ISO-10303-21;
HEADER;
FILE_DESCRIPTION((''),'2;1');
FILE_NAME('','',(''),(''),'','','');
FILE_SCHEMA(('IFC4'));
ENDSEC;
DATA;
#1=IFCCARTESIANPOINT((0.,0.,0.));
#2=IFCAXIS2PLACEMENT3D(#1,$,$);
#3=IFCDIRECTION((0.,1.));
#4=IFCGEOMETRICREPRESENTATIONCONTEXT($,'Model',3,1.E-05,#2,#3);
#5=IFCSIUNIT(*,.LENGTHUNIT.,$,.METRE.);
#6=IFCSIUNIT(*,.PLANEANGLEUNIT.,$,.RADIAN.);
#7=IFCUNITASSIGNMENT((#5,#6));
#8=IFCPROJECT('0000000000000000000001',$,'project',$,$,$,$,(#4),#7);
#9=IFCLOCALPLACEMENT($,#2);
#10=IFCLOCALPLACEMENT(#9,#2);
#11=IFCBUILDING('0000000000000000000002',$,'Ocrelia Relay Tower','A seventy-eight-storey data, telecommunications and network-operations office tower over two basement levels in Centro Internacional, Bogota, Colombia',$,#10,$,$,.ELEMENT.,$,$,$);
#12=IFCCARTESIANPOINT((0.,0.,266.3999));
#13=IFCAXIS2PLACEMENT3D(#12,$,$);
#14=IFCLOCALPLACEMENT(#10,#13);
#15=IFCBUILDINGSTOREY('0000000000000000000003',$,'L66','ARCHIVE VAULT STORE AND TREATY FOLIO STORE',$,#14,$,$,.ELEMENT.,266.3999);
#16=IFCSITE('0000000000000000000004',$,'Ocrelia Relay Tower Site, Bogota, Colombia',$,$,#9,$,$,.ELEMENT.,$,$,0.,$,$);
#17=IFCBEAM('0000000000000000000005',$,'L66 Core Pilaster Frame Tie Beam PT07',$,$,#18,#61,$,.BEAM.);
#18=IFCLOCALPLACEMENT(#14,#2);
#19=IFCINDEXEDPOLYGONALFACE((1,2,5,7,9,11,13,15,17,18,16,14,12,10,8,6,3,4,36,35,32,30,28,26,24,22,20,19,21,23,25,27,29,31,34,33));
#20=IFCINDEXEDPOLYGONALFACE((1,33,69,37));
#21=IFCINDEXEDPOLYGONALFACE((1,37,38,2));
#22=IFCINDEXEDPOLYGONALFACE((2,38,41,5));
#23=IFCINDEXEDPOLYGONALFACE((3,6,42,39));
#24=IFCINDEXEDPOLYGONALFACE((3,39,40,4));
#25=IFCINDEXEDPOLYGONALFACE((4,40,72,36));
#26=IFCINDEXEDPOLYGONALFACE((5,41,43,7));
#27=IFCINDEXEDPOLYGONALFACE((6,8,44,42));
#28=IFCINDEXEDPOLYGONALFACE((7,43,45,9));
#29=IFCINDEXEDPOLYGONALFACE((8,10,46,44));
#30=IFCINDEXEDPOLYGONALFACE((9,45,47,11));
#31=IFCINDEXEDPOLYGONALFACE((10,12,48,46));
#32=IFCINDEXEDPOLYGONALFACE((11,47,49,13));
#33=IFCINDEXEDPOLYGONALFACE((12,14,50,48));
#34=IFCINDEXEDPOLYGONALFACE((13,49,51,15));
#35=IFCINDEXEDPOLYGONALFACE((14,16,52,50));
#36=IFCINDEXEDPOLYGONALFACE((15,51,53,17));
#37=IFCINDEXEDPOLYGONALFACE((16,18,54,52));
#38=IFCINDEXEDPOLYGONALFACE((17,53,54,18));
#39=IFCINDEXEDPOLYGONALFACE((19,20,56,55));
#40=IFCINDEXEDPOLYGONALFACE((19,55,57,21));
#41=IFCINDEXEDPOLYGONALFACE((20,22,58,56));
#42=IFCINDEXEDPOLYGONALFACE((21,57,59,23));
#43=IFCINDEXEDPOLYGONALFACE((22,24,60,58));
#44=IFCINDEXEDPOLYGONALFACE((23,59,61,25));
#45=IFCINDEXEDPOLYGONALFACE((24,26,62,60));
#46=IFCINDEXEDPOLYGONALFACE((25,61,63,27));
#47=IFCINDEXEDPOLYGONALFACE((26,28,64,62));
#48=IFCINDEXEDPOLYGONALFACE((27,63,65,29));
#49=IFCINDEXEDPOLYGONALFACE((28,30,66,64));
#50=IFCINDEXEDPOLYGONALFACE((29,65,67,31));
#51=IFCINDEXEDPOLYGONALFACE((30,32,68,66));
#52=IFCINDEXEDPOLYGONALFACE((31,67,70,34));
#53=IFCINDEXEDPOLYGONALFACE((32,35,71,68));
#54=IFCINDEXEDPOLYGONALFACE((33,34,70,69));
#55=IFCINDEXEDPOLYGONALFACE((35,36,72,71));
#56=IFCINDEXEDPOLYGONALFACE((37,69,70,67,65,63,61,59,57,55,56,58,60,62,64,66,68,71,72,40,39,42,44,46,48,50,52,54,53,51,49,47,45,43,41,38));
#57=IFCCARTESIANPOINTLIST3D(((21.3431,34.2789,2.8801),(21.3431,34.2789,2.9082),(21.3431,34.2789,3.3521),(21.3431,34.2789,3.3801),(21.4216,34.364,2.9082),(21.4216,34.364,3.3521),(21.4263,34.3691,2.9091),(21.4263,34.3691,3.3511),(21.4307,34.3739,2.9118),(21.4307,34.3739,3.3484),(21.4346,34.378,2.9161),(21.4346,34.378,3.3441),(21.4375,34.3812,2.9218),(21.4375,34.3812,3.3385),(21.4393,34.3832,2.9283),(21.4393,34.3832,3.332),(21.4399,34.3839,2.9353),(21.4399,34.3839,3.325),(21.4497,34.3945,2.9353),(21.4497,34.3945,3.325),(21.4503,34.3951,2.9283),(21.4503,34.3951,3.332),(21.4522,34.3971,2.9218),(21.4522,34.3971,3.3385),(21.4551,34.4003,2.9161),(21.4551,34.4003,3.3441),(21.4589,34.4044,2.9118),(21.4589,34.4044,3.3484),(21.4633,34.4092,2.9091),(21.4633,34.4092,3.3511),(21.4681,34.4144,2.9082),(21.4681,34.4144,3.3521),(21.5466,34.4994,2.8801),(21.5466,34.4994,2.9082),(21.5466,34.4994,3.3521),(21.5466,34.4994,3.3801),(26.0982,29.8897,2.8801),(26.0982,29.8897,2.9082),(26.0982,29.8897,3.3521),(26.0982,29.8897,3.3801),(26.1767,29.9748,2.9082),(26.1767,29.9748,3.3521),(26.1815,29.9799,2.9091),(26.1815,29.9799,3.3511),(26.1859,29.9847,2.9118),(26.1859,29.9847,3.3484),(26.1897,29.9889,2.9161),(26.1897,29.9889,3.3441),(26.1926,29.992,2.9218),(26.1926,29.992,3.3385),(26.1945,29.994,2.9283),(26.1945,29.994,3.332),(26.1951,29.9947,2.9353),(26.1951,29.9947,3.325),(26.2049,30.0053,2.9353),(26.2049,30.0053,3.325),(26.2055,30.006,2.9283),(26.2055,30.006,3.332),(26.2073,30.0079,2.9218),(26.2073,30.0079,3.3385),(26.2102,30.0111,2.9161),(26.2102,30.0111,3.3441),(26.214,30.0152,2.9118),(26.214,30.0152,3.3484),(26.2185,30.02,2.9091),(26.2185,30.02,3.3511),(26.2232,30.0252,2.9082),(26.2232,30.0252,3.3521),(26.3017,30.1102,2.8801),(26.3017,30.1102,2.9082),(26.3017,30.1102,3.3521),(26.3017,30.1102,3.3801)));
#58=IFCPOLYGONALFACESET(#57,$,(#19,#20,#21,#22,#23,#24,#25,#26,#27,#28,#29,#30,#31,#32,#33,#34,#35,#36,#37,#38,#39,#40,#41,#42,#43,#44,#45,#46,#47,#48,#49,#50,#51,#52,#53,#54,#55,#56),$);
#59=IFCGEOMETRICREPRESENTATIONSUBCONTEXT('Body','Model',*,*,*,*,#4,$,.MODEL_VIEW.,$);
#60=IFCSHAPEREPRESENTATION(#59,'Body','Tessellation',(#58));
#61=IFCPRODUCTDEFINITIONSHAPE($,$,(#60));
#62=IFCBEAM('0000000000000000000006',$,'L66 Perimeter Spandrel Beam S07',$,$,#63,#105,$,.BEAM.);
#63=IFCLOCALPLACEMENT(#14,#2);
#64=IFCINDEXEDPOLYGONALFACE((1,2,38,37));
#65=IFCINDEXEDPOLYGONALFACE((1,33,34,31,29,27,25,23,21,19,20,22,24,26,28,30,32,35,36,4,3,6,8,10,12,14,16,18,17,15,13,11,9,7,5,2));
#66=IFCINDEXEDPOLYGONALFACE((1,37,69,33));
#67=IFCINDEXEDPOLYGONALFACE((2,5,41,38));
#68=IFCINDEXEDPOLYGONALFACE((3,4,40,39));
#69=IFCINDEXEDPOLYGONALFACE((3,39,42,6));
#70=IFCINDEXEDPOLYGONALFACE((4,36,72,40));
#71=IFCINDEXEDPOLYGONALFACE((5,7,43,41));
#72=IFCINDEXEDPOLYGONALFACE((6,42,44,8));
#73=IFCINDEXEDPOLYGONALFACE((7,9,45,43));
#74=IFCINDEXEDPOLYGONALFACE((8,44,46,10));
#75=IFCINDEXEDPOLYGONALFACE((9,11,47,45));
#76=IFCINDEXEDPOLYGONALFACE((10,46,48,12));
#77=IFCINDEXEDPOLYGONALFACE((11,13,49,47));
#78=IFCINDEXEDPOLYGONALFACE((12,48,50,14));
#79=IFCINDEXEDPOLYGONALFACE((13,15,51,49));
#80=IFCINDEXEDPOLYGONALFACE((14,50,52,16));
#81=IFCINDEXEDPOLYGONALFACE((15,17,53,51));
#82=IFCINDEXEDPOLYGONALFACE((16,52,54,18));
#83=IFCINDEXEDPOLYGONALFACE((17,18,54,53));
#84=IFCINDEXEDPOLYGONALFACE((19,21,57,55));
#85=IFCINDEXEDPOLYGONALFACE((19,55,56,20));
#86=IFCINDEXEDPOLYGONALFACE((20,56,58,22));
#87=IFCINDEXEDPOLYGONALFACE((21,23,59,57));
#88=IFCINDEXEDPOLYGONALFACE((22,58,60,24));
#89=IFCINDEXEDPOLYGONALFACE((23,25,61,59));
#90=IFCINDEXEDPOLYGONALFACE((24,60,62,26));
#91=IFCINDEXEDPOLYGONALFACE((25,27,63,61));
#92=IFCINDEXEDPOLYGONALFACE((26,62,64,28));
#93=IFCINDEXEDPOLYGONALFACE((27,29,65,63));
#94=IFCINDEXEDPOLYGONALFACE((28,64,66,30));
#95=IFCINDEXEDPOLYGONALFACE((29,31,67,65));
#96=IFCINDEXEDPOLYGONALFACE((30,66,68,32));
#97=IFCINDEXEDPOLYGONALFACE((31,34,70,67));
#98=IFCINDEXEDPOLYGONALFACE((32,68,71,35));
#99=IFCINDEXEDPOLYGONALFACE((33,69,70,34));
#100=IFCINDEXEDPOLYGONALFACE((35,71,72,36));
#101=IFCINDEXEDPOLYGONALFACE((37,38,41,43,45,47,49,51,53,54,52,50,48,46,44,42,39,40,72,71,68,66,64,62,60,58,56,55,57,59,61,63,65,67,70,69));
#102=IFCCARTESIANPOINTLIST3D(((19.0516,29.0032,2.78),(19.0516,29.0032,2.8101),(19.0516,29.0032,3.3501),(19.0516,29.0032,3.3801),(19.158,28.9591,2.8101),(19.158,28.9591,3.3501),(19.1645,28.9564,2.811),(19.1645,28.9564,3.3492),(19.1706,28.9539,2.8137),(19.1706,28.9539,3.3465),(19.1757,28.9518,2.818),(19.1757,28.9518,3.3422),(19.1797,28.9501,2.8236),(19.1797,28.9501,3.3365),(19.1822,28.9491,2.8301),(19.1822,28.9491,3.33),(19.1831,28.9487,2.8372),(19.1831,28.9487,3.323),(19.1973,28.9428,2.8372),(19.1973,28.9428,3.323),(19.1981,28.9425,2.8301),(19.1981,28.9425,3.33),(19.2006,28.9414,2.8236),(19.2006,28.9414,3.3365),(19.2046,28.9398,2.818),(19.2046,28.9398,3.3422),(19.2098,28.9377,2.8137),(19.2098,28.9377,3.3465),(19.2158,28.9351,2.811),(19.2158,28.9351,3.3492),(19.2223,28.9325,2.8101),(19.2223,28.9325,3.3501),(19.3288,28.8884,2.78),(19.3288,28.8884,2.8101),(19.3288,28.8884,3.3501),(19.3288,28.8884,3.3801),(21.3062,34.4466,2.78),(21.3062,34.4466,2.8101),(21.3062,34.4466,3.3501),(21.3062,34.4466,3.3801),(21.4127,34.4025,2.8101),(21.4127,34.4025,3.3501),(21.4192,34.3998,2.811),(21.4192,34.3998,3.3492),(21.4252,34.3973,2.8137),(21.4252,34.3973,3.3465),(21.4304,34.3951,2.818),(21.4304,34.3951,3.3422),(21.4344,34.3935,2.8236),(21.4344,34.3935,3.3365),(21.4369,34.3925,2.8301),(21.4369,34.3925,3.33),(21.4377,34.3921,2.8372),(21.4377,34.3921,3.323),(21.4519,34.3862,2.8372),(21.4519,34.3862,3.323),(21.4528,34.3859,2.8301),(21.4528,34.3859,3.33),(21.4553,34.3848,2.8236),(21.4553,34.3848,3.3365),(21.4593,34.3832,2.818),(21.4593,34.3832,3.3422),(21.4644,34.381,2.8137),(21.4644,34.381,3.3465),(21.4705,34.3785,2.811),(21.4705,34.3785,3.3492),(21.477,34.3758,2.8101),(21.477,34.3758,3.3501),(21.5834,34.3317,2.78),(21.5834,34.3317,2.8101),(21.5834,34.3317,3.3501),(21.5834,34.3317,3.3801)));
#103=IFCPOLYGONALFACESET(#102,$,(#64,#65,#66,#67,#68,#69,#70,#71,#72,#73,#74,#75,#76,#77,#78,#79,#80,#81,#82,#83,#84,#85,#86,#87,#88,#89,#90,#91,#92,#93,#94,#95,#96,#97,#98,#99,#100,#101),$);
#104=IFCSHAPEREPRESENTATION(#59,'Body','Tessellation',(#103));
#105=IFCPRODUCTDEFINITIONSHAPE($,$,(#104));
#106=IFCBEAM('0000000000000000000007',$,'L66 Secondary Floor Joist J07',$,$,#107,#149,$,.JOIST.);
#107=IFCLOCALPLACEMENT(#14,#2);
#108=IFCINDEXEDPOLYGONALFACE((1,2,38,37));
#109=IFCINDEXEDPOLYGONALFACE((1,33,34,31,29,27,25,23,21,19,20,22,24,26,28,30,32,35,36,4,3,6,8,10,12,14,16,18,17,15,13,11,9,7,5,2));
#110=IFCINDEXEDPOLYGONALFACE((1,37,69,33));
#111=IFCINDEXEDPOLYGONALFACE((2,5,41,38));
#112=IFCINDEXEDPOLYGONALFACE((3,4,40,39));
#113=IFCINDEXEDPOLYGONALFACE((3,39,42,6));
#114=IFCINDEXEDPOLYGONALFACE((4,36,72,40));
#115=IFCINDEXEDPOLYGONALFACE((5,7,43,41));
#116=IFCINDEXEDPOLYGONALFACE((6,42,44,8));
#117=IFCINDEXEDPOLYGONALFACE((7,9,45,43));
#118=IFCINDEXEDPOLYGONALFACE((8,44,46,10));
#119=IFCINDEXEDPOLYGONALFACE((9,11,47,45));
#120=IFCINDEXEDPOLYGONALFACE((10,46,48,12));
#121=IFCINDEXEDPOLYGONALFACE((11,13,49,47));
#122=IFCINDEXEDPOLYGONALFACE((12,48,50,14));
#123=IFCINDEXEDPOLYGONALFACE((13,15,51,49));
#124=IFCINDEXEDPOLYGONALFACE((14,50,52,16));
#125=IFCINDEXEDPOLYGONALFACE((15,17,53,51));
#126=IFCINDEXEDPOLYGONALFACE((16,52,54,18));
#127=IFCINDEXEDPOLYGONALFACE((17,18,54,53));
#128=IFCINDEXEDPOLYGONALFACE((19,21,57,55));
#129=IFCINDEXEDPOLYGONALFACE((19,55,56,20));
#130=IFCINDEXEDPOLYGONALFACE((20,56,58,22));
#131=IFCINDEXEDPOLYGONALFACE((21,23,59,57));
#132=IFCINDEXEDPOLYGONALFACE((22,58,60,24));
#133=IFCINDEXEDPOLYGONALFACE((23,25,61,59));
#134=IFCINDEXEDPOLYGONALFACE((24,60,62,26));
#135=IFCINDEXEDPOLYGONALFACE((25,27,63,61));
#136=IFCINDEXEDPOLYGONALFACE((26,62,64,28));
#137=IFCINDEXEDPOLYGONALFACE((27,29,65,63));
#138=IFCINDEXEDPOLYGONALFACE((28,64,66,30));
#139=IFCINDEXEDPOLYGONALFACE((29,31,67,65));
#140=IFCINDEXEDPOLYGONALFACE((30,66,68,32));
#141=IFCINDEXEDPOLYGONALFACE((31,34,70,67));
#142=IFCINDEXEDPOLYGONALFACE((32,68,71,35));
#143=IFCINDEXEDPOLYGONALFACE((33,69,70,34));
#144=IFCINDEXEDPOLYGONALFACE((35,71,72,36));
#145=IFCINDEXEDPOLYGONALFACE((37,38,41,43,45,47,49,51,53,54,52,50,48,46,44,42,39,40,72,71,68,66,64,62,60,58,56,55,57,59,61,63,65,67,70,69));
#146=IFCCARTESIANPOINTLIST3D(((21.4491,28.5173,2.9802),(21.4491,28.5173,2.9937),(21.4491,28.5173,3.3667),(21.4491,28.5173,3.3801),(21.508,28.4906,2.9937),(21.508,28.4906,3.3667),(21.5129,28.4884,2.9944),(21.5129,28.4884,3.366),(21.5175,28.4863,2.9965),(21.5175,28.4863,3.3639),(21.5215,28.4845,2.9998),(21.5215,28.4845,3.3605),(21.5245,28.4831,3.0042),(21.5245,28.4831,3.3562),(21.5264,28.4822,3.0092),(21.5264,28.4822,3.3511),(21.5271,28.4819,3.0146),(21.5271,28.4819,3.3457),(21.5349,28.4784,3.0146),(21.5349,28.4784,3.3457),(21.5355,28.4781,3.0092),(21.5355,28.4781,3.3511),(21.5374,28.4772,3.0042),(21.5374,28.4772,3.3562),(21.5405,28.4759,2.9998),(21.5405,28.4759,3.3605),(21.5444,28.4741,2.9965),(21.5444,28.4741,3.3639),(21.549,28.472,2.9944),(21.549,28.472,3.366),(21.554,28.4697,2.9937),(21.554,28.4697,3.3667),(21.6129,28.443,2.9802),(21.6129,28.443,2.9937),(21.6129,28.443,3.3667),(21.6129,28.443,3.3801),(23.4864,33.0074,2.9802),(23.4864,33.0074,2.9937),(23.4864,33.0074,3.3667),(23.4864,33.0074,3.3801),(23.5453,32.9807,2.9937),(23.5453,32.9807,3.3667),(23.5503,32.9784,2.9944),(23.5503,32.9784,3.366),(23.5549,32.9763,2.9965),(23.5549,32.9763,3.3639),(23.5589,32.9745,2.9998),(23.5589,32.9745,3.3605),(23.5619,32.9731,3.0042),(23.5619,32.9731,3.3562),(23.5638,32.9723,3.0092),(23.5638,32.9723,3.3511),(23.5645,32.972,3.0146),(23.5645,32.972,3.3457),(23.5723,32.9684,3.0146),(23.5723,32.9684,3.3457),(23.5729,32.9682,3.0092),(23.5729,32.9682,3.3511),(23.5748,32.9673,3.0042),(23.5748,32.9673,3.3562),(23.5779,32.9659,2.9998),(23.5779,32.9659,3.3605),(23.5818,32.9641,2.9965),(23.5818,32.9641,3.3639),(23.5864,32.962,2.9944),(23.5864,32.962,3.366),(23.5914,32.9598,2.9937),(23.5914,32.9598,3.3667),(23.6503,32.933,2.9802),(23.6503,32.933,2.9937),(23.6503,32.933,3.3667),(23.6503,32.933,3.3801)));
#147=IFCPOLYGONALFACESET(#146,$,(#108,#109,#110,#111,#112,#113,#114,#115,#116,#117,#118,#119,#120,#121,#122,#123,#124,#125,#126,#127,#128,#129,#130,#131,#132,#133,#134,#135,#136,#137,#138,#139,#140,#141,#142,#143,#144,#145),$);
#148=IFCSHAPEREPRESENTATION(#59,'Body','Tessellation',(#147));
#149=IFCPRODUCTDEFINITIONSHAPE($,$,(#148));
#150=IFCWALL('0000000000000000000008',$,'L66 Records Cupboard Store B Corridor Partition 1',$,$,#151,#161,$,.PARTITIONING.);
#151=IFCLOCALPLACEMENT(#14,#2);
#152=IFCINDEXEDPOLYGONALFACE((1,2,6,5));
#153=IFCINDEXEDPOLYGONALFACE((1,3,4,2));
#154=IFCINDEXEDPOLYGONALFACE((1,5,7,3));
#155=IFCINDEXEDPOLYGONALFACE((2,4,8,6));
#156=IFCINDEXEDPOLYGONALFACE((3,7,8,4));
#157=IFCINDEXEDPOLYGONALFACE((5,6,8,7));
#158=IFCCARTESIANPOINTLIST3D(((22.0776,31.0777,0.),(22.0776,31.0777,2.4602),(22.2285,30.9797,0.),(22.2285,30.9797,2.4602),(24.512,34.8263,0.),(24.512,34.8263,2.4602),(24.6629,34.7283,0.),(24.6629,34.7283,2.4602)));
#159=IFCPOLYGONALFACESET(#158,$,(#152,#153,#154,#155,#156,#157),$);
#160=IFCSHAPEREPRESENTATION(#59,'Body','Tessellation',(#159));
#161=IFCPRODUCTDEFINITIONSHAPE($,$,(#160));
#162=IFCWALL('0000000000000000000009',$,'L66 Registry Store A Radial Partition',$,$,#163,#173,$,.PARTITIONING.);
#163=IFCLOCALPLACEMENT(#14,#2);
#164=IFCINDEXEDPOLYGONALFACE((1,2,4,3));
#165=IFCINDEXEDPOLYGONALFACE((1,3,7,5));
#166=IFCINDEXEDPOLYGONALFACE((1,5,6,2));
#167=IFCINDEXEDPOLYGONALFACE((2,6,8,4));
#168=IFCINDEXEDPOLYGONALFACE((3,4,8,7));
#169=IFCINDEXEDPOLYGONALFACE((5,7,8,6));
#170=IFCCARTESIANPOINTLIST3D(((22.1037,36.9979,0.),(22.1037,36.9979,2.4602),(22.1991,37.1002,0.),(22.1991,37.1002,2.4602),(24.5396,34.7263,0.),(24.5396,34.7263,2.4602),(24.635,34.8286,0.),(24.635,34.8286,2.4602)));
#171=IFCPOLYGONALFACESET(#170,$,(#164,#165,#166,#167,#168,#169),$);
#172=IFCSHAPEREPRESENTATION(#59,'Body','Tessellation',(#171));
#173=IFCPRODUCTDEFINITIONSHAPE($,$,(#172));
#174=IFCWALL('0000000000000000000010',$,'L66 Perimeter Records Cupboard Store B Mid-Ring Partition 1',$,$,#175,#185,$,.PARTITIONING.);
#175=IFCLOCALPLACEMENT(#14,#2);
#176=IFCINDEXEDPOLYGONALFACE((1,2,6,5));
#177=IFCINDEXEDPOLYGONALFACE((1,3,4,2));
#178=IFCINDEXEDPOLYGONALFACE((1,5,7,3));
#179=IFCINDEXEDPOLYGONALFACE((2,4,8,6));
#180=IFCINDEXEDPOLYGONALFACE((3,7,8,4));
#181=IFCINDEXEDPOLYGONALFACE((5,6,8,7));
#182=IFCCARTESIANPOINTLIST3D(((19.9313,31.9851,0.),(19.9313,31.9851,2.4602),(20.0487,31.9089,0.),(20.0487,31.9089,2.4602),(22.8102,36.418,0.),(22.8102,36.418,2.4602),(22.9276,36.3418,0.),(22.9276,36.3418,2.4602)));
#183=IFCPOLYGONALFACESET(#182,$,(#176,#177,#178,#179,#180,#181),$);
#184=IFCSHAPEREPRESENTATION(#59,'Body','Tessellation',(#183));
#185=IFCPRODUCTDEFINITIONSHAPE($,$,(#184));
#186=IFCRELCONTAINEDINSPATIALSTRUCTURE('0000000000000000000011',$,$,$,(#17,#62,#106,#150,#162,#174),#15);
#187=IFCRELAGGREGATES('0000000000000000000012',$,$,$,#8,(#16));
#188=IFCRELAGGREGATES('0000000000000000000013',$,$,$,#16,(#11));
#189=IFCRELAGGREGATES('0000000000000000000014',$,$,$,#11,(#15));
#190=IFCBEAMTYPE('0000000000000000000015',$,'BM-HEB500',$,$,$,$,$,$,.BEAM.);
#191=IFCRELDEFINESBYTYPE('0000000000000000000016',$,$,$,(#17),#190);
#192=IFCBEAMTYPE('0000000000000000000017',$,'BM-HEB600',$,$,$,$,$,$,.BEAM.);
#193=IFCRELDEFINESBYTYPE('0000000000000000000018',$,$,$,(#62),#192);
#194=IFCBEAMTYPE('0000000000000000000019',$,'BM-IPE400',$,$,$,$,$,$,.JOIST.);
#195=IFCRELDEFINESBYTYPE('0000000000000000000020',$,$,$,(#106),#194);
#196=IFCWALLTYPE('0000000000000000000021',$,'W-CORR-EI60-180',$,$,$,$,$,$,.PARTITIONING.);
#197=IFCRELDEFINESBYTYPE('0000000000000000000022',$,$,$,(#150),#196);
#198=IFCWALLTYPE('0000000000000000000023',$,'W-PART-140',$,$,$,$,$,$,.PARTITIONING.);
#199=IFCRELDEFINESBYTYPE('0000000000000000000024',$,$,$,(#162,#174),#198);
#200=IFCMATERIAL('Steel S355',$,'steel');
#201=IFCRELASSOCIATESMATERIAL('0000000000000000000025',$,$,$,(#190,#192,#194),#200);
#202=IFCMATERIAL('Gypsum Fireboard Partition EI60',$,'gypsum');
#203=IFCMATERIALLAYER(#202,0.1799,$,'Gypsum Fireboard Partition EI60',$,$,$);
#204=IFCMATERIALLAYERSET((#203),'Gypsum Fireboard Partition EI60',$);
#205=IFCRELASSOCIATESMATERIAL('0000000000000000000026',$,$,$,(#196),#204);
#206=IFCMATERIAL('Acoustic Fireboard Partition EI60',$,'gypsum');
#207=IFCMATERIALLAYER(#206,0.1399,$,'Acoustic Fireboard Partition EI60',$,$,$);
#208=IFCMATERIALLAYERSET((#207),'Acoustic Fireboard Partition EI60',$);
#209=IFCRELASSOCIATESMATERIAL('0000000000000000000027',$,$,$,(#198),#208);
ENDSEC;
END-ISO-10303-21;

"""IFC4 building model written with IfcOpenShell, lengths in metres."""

from ifc_helpers import new_model, si_unit, direction, frame, frame_2d, origin, origin_2d, place, context, subcontext, project, spatial, rectangle, i_section, extrude, material, layer, layer_set, material_profile, profile_set, type_object, element, save


model = new_model("IFC4")

# Units and contexts
model_context = context("Model", 3, precision=1e-05, world=origin(), true_north=direction((0.0, 1.0)))
body_context = subcontext(model_context, "Body", "Model", "MODEL_VIEW")
ifc_project = project(units=[si_unit("LENGTHUNIT", "METRE"), si_unit("PLANEANGLEUNIT", "RADIAN")], contexts=[model_context])

# Site, building, storey
site_placement = place(None, origin())
site = spatial("IfcSite", under=ifc_project, at=site_placement, Name="Ocrelia Relay Tower Site, Bogota, Colombia", CompositionType="ELEMENT", RefElevation=0.0)
building_placement = place(site_placement, origin())
building = spatial("IfcBuilding", under=site, at=building_placement, Name="Ocrelia Relay Tower", Description="A seventy-eight-storey data, telecommunications and network-operations office tower over two basement levels in Centro Internacional, Bogota, Colombia", CompositionType="ELEMENT")
storey_placement = place(building_placement, frame((0.0, 0.0, 266.3999)))
storey = spatial("IfcBuildingStorey", under=building, at=storey_placement, Name="L66", Description="ARCHIVE VAULT STORE AND TREATY FOLIO STORE", CompositionType="ELEMENT", Elevation=266.3999)

# Beams
ifc_material_1 = material(Name="Steel S355", Category="steel")
ifc_material_profile_1 = material_profile(ifc_material_1, i_section(OverallWidth=0.3, OverallDepth=0.5, WebThickness=0.0144, FlangeThickness=0.0281, FilletRadius=0.0271, at=origin_2d()), Name="HEB 500")
ifc_profile_set_1 = profile_set([ifc_material_profile_1], Name="Steel S355")
beam_type_1 = type_object("IfcBeamType", Name="BM-HEB500", PredefinedType="BEAM", material=ifc_profile_set_1)
beam_1_placement = place(storey_placement, frame((21.4448, 34.3892, 3.1301), z_axis=(0.734818, -0.678264, 0.0), x_axis=(0.678264, 0.734818, 0.0)))
element("IfcBeam", 1, at=beam_1_placement, inside=storey, type_object=beam_type_1, Name="L66 Core Pilaster Frame Tie Beam PT07", PredefinedType="BEAM", context=body_context, shape_type="SweptSolid", body=[
    extrude(i_section(OverallWidth=0.3, OverallDepth=0.5, WebThickness=0.0144, FlangeThickness=0.0281, FilletRadius=0.0271, at=origin_2d()), origin(), (0.0, 0.0, 1.0), 6.4712),
])
ifc_material_profile_2 = material_profile(ifc_material_1, i_section(OverallWidth=0.3, OverallDepth=0.6001, WebThickness=0.0154, FlangeThickness=0.03, FilletRadius=0.0271, at=origin_2d()), Name="HEB 600")
ifc_profile_set_2 = profile_set([ifc_material_profile_2], Name="Steel S355")
beam_type_2 = type_object("IfcBeamType", Name="BM-HEB600", PredefinedType="BEAM", material=ifc_profile_set_2)
beam_2_placement = place(storey_placement, frame((21.4448, 34.3892, 3.0801), z_axis=(-0.382673, -0.923884, 0.0), x_axis=(0.923884, -0.382673, 0.0)))
element("IfcBeam", 2, at=beam_2_placement, inside=storey, type_object=beam_type_2, Name="L66 Perimeter Spandrel Beam S07", PredefinedType="BEAM", context=body_context, shape_type="SweptSolid", body=[
    extrude(i_section(OverallWidth=0.3, OverallDepth=0.6001, WebThickness=0.0154, FlangeThickness=0.03, FilletRadius=0.0271, at=origin_2d()), origin(), (0.0, 0.0, 1.0), 5.8918),
])
ifc_material_profile_3 = material_profile(ifc_material_1, i_section(OverallWidth=0.1799, OverallDepth=0.3999, WebThickness=0.0085, FlangeThickness=0.0134, FilletRadius=0.021, at=origin_2d()), Name="IPE 400")
ifc_profile_set_3 = profile_set([ifc_material_profile_3], Name="Steel S355")
beam_type_3 = type_object("IfcBeamType", Name="BM-IPE400", PredefinedType="JOIST", material=ifc_profile_set_3)
beam_3_placement = place(storey_placement, frame((23.5684, 32.9702, 3.1802), z_axis=(-0.413206, -0.910638, 0.0), x_axis=(0.910638, -0.413206, 0.0)))
element("IfcBeam", 3, at=beam_3_placement, inside=storey, type_object=beam_type_3, Name="L66 Secondary Floor Joist J07", PredefinedType="JOIST", context=body_context, shape_type="SweptSolid", body=[
    extrude(i_section(OverallWidth=0.1799, OverallDepth=0.3999, WebThickness=0.0085, FlangeThickness=0.0134, FilletRadius=0.021, at=origin_2d()), origin(), (0.0, 0.0, 1.0), 4.9307),
])

# Wall
ifc_material_2 = material(Name="Gypsum Fireboard Partition EI60", Category="gypsum")
ifc_layer_1 = layer(ifc_material_2, 0.1799, Name="Gypsum Fireboard Partition EI60")
ifc_layer_set_1 = layer_set([ifc_layer_1], Name="Gypsum Fireboard Partition EI60")
wall_type_1 = type_object("IfcWallType", Name="W-CORR-EI60-180", PredefinedType="PARTITIONING", material=ifc_layer_set_1)
wall_1_placement = place(storey_placement, frame((24.5874, 34.7773, 0.0), z_axis=(0.0, 0.0, 1.0), x_axis=(-0.544639, -0.838671, 0.0)))
element("IfcWall", 4, at=wall_1_placement, inside=storey, type_object=wall_type_1, Name="L66 Records Cupboard Store B Corridor Partition 1", PredefinedType="PARTITIONING", context=body_context, shape_type="SweptSolid", body=[
    extrude(rectangle(XDim=4.4697, YDim=0.1799, at=frame_2d((2.2349, 0.0))), origin(), (0.0, 0.0, 1.0), 2.4602),
])

# Walls
ifc_material_3 = material(Name="Acoustic Fireboard Partition EI60", Category="gypsum")
ifc_layer_2 = layer(ifc_material_3, 0.1399, Name="Acoustic Fireboard Partition EI60")
ifc_layer_set_2 = layer_set([ifc_layer_2], Name="Acoustic Fireboard Partition EI60")
wall_type_2 = type_object("IfcWallType", Name="W-PART-140", PredefinedType="PARTITIONING", material=ifc_layer_set_2)
wall_2_placement = place(storey_placement, frame((24.5874, 34.7773, 0.0), z_axis=(0.0, 0.0, 1.0), x_axis=(-0.73134, 0.682013, 0.0)))
element("IfcWall", 5, at=wall_2_placement, inside=storey, type_object=wall_type_2, Name="L66 Registry Store A Radial Partition", PredefinedType="PARTITIONING", context=body_context, shape_type="SweptSolid", body=[
    extrude(rectangle(XDim=3.3308, YDim=0.1399, at=frame_2d((1.6655, 0.0))), origin(), (0.0, 0.0, 1.0), 2.4602),
])
wall_3_placement = place(storey_placement, frame((22.8689, 36.3799, 0.0), z_axis=(0.0, 0.0, 1.0), x_axis=(-0.544662, -0.838656, 0.0)))
element("IfcWall", 6, at=wall_3_placement, inside=storey, type_object=wall_type_2, Name="L66 Perimeter Records Cupboard Store B Mid-Ring Partition 1", PredefinedType="PARTITIONING", context=body_context, shape_type="SweptSolid", body=[
    extrude(rectangle(XDim=5.2856, YDim=0.1399, at=frame_2d((2.6428, 0.0))), origin(), (0.0, 0.0, 1.0), 2.4602),
])

save(model, "model.ifc")
